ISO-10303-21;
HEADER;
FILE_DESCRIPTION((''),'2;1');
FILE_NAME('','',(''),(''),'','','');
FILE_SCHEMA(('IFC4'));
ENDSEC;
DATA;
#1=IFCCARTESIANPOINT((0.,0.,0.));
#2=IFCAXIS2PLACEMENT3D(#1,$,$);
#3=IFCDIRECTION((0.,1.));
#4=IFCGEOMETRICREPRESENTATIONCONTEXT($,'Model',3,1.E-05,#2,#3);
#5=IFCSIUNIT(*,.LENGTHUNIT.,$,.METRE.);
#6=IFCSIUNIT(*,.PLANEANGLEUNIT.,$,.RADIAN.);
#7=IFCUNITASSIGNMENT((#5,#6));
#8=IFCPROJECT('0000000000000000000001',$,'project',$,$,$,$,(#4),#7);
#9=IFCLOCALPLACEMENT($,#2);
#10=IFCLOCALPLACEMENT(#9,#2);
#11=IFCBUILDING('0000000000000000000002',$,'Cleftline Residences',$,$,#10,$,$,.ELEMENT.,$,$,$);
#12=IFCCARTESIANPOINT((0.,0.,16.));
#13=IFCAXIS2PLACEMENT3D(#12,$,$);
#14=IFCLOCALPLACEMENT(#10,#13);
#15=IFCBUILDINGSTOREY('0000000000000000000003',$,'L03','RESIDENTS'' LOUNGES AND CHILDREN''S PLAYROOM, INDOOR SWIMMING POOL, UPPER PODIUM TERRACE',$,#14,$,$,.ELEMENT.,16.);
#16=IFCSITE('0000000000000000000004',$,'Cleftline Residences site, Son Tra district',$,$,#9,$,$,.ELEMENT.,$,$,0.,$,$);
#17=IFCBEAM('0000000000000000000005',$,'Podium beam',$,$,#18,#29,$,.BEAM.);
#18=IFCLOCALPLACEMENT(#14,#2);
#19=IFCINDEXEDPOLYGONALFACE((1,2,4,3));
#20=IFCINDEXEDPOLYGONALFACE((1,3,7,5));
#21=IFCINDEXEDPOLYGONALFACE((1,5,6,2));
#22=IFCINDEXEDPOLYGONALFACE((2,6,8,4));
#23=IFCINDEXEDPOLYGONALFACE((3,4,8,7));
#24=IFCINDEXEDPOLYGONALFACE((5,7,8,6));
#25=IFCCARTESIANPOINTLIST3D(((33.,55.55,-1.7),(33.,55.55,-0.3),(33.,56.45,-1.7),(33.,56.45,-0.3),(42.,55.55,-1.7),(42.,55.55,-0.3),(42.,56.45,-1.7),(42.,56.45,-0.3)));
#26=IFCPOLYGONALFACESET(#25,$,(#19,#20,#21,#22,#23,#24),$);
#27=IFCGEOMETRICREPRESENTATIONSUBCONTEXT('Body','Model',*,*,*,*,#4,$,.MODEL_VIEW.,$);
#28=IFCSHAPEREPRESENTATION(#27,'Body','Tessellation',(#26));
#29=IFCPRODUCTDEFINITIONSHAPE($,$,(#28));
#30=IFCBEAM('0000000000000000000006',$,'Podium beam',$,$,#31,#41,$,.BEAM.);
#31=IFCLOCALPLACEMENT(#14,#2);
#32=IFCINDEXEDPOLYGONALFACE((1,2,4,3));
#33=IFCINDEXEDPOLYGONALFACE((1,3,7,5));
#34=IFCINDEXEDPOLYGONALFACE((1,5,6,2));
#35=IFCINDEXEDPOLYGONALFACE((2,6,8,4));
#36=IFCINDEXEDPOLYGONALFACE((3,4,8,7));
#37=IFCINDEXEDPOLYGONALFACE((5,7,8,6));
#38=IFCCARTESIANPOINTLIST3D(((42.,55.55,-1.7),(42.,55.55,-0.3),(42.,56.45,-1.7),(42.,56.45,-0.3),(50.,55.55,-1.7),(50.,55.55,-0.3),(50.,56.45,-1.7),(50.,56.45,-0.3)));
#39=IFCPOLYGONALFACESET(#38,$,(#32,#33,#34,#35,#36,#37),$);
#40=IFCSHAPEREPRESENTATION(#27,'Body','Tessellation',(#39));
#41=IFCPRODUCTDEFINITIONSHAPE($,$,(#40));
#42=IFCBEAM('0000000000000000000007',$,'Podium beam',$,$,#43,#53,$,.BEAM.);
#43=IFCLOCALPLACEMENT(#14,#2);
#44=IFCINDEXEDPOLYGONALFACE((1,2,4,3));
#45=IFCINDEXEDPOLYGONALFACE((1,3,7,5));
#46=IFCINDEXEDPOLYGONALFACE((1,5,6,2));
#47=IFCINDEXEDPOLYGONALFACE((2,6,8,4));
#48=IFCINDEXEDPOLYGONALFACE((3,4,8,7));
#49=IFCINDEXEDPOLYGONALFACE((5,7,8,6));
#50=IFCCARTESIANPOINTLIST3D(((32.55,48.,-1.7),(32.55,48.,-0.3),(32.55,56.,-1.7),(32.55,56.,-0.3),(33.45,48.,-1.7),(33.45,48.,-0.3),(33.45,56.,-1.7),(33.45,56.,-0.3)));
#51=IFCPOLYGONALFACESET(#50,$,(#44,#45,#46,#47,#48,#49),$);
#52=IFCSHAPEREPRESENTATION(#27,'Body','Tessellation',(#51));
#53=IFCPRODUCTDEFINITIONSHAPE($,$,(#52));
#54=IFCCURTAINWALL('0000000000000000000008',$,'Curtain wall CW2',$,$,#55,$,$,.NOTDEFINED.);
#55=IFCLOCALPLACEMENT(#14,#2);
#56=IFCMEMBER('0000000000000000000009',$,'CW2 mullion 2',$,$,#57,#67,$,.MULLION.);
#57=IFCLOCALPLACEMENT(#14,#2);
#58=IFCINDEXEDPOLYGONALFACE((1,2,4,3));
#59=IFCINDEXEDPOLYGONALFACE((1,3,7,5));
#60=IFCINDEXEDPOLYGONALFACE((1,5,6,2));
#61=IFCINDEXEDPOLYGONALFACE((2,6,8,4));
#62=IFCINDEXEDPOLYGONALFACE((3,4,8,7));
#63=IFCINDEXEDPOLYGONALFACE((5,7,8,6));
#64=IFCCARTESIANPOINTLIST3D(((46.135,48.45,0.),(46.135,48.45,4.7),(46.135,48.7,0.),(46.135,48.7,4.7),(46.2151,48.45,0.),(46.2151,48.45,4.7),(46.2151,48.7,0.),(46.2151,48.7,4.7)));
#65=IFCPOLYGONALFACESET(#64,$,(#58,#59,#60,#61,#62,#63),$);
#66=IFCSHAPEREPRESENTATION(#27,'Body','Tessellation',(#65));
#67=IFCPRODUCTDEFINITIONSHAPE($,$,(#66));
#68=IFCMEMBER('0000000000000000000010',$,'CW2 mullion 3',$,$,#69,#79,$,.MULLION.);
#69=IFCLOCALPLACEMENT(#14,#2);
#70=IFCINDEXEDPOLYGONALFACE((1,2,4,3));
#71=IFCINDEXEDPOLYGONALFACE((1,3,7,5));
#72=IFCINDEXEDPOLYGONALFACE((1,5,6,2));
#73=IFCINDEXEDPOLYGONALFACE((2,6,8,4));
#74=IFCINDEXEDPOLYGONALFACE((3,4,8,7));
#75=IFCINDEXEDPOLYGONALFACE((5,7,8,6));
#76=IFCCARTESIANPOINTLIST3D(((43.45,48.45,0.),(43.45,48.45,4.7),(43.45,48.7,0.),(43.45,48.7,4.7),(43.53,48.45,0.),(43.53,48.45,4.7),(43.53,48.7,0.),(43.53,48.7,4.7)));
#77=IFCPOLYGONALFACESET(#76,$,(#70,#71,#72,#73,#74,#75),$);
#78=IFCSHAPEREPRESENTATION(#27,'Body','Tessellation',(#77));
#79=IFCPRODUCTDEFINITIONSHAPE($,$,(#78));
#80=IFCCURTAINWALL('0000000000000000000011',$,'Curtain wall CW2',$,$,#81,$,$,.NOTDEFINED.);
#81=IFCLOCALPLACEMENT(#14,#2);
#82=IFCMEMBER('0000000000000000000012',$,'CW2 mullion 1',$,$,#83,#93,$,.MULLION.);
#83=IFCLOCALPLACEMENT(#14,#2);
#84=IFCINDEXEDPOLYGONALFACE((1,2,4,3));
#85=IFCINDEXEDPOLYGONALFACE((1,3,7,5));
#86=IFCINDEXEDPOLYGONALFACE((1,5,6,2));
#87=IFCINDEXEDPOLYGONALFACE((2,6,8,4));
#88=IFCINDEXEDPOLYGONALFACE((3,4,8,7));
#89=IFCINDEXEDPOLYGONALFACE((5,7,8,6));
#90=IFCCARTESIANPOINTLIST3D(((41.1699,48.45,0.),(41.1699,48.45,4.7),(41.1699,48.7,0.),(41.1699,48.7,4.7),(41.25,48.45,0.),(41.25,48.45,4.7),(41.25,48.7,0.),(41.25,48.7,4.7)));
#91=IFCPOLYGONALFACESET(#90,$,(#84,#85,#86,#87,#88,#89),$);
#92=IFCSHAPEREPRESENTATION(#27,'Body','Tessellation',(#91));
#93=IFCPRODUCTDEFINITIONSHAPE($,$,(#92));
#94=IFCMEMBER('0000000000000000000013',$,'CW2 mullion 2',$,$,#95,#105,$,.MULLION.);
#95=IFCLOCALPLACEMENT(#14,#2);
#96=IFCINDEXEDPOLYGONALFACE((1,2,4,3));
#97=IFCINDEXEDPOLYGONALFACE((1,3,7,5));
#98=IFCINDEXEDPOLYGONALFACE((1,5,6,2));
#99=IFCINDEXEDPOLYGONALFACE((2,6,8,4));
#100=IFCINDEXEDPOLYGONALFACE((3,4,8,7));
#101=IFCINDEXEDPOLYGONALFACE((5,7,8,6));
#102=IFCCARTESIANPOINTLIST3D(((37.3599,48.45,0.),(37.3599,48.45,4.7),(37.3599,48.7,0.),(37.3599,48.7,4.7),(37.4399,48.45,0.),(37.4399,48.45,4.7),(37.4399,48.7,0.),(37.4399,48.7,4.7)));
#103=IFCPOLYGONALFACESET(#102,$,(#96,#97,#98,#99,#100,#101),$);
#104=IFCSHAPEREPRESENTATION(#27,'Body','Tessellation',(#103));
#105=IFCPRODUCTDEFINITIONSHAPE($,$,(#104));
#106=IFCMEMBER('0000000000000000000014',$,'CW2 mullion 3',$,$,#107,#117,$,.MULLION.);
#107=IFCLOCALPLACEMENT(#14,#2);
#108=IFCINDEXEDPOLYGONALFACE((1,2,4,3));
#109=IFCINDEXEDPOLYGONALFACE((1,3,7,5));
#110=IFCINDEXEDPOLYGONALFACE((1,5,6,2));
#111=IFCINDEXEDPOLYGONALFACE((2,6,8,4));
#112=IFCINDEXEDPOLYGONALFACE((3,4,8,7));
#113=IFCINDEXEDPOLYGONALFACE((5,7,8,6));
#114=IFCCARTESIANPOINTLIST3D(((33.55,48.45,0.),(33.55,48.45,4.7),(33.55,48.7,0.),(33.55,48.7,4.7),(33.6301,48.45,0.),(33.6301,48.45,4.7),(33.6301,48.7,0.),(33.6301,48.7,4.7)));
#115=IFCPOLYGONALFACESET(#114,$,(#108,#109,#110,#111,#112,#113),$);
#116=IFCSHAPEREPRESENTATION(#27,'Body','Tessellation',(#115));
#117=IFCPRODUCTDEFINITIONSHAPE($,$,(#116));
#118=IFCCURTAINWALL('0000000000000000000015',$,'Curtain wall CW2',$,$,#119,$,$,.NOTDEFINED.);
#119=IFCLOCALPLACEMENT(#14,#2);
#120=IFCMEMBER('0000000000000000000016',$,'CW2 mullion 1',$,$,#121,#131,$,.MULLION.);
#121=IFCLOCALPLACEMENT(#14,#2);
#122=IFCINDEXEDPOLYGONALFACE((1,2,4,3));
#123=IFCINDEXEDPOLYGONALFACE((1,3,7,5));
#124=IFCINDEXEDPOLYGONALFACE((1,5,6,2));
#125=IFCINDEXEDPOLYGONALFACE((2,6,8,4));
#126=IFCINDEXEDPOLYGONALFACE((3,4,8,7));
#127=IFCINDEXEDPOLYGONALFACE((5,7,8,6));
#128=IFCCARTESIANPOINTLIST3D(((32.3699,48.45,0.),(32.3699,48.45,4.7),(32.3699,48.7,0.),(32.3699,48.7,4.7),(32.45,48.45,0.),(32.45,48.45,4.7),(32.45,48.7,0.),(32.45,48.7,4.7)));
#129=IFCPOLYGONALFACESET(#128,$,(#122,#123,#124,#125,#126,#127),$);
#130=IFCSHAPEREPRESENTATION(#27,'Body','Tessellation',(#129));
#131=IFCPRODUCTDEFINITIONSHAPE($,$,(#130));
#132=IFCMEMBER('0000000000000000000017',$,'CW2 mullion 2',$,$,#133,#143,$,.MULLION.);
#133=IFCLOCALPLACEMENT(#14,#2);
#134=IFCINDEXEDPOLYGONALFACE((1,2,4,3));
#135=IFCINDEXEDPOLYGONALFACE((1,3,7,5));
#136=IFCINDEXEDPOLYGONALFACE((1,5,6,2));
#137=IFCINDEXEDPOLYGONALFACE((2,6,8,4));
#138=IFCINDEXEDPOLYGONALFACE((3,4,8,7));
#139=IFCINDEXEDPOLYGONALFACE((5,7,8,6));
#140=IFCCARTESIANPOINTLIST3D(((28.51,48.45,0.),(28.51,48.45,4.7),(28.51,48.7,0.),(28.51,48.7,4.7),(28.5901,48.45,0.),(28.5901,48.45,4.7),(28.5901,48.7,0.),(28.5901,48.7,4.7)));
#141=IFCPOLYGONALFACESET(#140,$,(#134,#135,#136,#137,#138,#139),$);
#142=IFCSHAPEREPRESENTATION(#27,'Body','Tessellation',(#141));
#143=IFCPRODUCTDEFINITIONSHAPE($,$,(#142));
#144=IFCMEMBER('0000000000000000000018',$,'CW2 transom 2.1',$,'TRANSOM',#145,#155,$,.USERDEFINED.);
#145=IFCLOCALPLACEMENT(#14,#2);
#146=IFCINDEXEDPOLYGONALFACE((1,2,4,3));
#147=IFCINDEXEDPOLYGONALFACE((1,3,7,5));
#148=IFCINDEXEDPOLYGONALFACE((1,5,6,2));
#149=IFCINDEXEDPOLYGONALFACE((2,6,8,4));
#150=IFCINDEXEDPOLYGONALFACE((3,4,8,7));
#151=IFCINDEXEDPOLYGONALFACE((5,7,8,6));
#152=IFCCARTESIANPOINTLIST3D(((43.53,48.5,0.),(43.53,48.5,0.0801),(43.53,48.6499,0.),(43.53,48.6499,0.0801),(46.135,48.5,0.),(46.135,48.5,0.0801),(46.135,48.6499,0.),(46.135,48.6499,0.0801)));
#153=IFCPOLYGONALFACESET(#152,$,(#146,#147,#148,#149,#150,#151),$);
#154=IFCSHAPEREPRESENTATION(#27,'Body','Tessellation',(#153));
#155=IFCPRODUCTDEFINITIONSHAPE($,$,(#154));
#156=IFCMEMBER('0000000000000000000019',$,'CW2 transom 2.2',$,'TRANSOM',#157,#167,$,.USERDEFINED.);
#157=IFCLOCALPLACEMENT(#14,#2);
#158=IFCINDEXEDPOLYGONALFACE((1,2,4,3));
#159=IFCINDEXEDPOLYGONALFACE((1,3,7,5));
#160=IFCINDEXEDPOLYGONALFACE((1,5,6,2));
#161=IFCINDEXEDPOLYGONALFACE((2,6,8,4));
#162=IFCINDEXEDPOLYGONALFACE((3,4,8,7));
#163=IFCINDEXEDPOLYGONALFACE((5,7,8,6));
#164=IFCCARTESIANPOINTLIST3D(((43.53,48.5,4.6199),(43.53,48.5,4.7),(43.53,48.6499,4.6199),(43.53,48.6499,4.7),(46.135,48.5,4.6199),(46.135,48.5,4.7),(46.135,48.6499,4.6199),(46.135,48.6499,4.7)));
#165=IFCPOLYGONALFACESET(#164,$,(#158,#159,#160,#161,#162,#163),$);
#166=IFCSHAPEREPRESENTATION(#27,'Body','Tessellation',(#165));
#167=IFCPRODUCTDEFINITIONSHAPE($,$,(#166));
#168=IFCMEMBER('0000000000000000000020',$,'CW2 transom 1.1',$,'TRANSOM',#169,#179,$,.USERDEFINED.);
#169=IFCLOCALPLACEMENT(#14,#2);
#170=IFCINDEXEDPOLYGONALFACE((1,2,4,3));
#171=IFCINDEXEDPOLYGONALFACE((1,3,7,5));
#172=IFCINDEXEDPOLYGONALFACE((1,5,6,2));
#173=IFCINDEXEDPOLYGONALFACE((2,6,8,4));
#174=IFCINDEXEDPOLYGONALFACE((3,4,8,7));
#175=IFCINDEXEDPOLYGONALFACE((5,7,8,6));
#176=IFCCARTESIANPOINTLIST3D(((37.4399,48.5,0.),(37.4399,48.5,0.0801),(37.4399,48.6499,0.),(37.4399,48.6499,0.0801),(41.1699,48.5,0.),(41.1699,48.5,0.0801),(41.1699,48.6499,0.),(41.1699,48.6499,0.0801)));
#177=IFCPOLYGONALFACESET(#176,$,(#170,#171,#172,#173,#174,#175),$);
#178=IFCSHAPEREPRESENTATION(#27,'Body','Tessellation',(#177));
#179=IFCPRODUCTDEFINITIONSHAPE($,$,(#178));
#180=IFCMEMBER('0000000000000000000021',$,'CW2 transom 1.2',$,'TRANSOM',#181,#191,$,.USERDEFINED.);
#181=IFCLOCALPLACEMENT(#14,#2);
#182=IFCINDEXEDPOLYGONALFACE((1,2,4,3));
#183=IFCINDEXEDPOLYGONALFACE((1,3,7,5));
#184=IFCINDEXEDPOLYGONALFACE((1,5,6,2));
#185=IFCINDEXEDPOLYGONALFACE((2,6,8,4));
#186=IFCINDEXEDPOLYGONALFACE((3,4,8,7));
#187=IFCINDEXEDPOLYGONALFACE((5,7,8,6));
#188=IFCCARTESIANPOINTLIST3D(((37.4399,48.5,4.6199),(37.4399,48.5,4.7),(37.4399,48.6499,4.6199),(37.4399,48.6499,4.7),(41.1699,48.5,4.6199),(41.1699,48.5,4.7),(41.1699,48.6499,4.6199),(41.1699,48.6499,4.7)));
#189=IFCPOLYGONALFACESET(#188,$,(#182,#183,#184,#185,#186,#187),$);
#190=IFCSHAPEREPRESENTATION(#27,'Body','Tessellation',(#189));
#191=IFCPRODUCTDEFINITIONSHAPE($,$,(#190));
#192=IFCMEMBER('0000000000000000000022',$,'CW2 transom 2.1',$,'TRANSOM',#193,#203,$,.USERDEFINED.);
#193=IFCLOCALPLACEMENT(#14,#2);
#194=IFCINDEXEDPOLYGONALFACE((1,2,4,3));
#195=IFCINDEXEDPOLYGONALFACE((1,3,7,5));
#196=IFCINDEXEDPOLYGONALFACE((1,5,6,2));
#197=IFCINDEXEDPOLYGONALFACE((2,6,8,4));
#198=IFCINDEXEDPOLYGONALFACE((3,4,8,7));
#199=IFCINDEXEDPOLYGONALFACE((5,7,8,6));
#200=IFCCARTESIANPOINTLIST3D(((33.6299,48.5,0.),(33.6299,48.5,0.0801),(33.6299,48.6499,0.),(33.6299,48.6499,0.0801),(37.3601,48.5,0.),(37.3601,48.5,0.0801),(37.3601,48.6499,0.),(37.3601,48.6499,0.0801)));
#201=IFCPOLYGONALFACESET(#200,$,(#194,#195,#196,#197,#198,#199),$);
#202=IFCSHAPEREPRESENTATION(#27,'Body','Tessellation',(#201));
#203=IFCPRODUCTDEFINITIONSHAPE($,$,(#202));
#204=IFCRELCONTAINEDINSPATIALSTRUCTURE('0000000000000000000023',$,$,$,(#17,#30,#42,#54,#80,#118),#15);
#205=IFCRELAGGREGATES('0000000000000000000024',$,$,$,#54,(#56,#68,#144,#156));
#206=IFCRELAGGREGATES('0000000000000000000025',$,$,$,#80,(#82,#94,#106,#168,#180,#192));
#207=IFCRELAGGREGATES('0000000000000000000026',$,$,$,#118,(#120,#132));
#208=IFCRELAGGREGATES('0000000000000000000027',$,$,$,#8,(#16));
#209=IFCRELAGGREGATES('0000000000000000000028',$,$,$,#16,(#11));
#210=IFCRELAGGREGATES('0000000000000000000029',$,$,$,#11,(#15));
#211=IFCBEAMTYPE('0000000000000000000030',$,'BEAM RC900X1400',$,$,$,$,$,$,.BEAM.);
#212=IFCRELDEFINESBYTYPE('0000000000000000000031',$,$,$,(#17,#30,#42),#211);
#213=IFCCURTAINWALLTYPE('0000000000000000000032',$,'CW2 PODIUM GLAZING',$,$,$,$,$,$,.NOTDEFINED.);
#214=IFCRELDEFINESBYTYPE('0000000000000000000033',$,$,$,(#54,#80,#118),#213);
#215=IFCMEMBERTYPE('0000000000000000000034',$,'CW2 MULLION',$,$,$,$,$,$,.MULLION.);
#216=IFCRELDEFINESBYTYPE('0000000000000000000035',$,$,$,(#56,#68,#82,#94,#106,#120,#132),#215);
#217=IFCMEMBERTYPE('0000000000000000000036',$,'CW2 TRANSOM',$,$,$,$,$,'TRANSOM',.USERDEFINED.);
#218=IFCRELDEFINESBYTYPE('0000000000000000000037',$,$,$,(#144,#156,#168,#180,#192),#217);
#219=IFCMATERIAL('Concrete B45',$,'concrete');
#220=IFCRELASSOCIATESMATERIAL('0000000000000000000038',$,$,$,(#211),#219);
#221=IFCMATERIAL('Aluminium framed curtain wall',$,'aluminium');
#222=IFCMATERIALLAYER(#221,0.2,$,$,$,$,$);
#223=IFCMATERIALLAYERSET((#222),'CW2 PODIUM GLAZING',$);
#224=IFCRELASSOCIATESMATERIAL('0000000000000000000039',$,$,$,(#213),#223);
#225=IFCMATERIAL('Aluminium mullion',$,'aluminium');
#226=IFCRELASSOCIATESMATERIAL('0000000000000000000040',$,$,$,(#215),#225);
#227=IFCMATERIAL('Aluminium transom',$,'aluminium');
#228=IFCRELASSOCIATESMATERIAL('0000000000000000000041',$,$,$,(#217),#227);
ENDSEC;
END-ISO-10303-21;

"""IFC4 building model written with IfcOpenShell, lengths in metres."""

from ifc_helpers import new_model, si_unit, direction, frame, origin, origin_2d, place, context, subcontext, project, spatial, rectangle, extrude, material, layer, layer_set, material_profile, profile_set, type_object, element, aggregate, save


model = new_model("IFC4")

# Units and contexts
model_context = context("Model", 3, precision=1e-05, world=origin(), true_north=direction((0.0, 1.0)))
body_context = subcontext(model_context, "Body", "Model", "MODEL_VIEW")
ifc_project = project(units=[si_unit("LENGTHUNIT", "METRE"), si_unit("PLANEANGLEUNIT", "RADIAN")], contexts=[model_context])

# Site, building, storey
site_placement = place(None, origin())
site = spatial("IfcSite", under=ifc_project, at=site_placement, Name="Cleftline Residences site, Son Tra district", CompositionType="ELEMENT", RefElevation=0.0)
building_placement = place(site_placement, origin())
building = spatial("IfcBuilding", under=site, at=building_placement, Name="Cleftline Residences", CompositionType="ELEMENT")
storey_placement = place(building_placement, frame((0.0, 0.0, 16.0)))
storey = spatial("IfcBuildingStorey", under=building, at=storey_placement, Name="L03", Description="RESIDENTS' LOUNGES AND CHILDREN'S PLAYROOM, INDOOR SWIMMING POOL, UPPER PODIUM TERRACE", CompositionType="ELEMENT", Elevation=16.0)

# Beams
ifc_material_1 = material(Name="Concrete B45", Category="concrete")
ifc_material_profile_1 = material_profile(ifc_material_1, rectangle(XDim=0.8999, YDim=1.3999, at=origin_2d()))
ifc_profile_set_1 = profile_set([ifc_material_profile_1], Name="Concrete B45")
beam_type = type_object("IfcBeamType", Name="BEAM RC900X1400", PredefinedType="BEAM", material=ifc_profile_set_1)
beam_placement = place(storey_placement, frame((33.0, 56.0, -1.0), z_axis=(1.0, 0.0, 0.0), x_axis=(0.0, 1.0, 0.0)))
element("IfcBeam", 1, at=beam_placement, inside=storey, type_object=beam_type, Name="Podium beam", PredefinedType="BEAM", context=body_context, shape_type="SweptSolid", body=[
    extrude(rectangle(XDim=0.8999, YDim=1.3999, at=origin_2d()), origin(), (0.0, 0.0, 1.0), 9.0),
])
for number, where, z_axis, x_axis, name in (
    (2, (42.0, 56.0, -1.0), (1.0, 0.0, 0.0), (0.0, 1.0, 0.0), "Podium beam"),
    (3, (33.0, 48.0, -1.0), (0.0, 1.0, 0.0), (-1.0, 0.0, 0.0), "Podium beam"),
):
    element("IfcBeam", number, at=place(storey_placement, frame(where, z_axis=z_axis, x_axis=x_axis)), inside=storey, type_object=beam_type, Name=name, PredefinedType="BEAM", context=body_context, shape_type="SweptSolid", body=[
        extrude(rectangle(XDim=0.8999, YDim=1.3999, at=origin_2d()), origin(), (0.0, 0.0, 1.0), 8.0),
    ])

# Curtain walls, members
ifc_material_2 = material(Name="Aluminium framed curtain wall", Category="aluminium")
ifc_layer_1 = layer(ifc_material_2, 0.2)
ifc_layer_set_1 = layer_set([ifc_layer_1], Name="CW2 PODIUM GLAZING")
curtain_wall_type = type_object("IfcCurtainWallType", Name="CW2 PODIUM GLAZING", PredefinedType="NOTDEFINED", material=ifc_layer_set_1)
curtain_wall_1_placement = place(storey_placement, origin())
curtain_wall_1 = element("IfcCurtainWall", 4, at=curtain_wall_1_placement, inside=storey, type_object=curtain_wall_type, Name="Curtain wall CW2", PredefinedType="NOTDEFINED")
ifc_material_3 = material(Name="Aluminium mullion", Category="aluminium")
ifc_material_profile_2 = material_profile(ifc_material_3, rectangle(XDim=0.25, YDim=0.0801, at=origin_2d()))
ifc_profile_set_2 = profile_set([ifc_material_profile_2], Name="Aluminium mullion")
member_type_1 = type_object("IfcMemberType", Name="CW2 MULLION", PredefinedType="MULLION", material=ifc_profile_set_2)
member_1_placement = place(storey_placement, frame((46.175, 48.575, 0.0), z_axis=(0.0, 0.0, 1.0), x_axis=(0.0, -1.0, 0.0)))
member_1 = element("IfcMember", 5, at=member_1_placement, type_object=member_type_1, Name="CW2 mullion 2", PredefinedType="MULLION", context=body_context, shape_type="SweptSolid", body=[
    extrude(rectangle(XDim=0.25, YDim=0.0801, at=origin_2d()), origin(), (0.0, 0.0, 1.0), 4.7),
])
member_2_placement = place(storey_placement, frame((43.49, 48.575, 0.0), z_axis=(0.0, 0.0, 1.0), x_axis=(0.0, -1.0, 0.0)))
member_2 = element("IfcMember", 6, at=member_2_placement, type_object=member_type_1, Name="CW2 mullion 3", PredefinedType="MULLION", context=body_context, shape_type="SweptSolid", body=[
    extrude(rectangle(XDim=0.25, YDim=0.0801, at=origin_2d()), origin(), (0.0, 0.0, 1.0), 4.7),
])
curtain_wall_2_placement = place(storey_placement, origin())
curtain_wall_2 = element("IfcCurtainWall", 7, at=curtain_wall_2_placement, inside=storey, type_object=curtain_wall_type, Name="Curtain wall CW2", PredefinedType="NOTDEFINED")
member_3_placement = place(storey_placement, frame((41.21, 48.575, 0.0), z_axis=(0.0, 0.0, 1.0), x_axis=(0.0, -1.0, 0.0)))
member_3 = element("IfcMember", 8, at=member_3_placement, type_object=member_type_1, Name="CW2 mullion 1", PredefinedType="MULLION", context=body_context, shape_type="SweptSolid", body=[
    extrude(rectangle(XDim=0.25, YDim=0.0801, at=origin_2d()), origin(), (0.0, 0.0, 1.0), 4.7),
])
member_4_placement = place(storey_placement, frame((37.3999, 48.575, 0.0), z_axis=(0.0, 0.0, 1.0), x_axis=(0.0, -1.0, 0.0)))
member_4 = element("IfcMember", 9, at=member_4_placement, type_object=member_type_1, Name="CW2 mullion 2", PredefinedType="MULLION", context=body_context, shape_type="SweptSolid", body=[
    extrude(rectangle(XDim=0.25, YDim=0.0801, at=origin_2d()), origin(), (0.0, 0.0, 1.0), 4.7),
])
member_5_placement = place(storey_placement, frame((33.5901, 48.575, 0.0), z_axis=(0.0, 0.0, 1.0), x_axis=(0.0, -1.0, 0.0)))
member_5 = element("IfcMember", 10, at=member_5_placement, type_object=member_type_1, Name="CW2 mullion 3", PredefinedType="MULLION", context=body_context, shape_type="SweptSolid", body=[
    extrude(rectangle(XDim=0.25, YDim=0.0801, at=origin_2d()), origin(), (0.0, 0.0, 1.0), 4.7),
])
curtain_wall_3_placement = place(storey_placement, origin())
curtain_wall_3 = element("IfcCurtainWall", 11, at=curtain_wall_3_placement, inside=storey, type_object=curtain_wall_type, Name="Curtain wall CW2", PredefinedType="NOTDEFINED")
member_6_placement = place(storey_placement, frame((32.4099, 48.575, 0.0), z_axis=(0.0, 0.0, 1.0), x_axis=(0.0, -1.0, 0.0)))
member_6 = element("IfcMember", 12, at=member_6_placement, type_object=member_type_1, Name="CW2 mullion 1", PredefinedType="MULLION", context=body_context, shape_type="SweptSolid", body=[
    extrude(rectangle(XDim=0.25, YDim=0.0801, at=origin_2d()), origin(), (0.0, 0.0, 1.0), 4.7),
])
member_7_placement = place(storey_placement, frame((28.55, 48.575, 0.0), z_axis=(0.0, 0.0, 1.0), x_axis=(0.0, -1.0, 0.0)))
member_7 = element("IfcMember", 13, at=member_7_placement, type_object=member_type_1, Name="CW2 mullion 2", PredefinedType="MULLION", context=body_context, shape_type="SweptSolid", body=[
    extrude(rectangle(XDim=0.25, YDim=0.0801, at=origin_2d()), origin(), (0.0, 0.0, 1.0), 4.7),
])

# Members
ifc_material_4 = material(Name="Aluminium transom", Category="aluminium")
ifc_material_profile_3 = material_profile(ifc_material_4, rectangle(XDim=0.1499, YDim=0.0801, at=origin_2d()))
ifc_profile_set_3 = profile_set([ifc_material_profile_3], Name="Aluminium transom")
member_type_2 = type_object("IfcMemberType", Name="CW2 TRANSOM", ElementType="TRANSOM", PredefinedType="USERDEFINED", material=ifc_profile_set_3)
member_8_placement = place(storey_placement, frame((46.135, 48.575, 0.04), z_axis=(-1.0, 0.0, 0.0), x_axis=(0.0, -1.0, 0.0)))
member_8 = element("IfcMember", 14, at=member_8_placement, type_object=member_type_2, Name="CW2 transom 2.1", ObjectType="TRANSOM", PredefinedType="USERDEFINED", context=body_context, shape_type="SweptSolid", body=[
    extrude(rectangle(XDim=0.1499, YDim=0.0801, at=origin_2d()), origin(), (0.0, 0.0, 1.0), 2.605),
])
member_9_placement = place(storey_placement, frame((46.135, 48.575, 4.6599), z_axis=(-1.0, 0.0, 0.0), x_axis=(0.0, -1.0, 0.0)))
member_9 = element("IfcMember", 15, at=member_9_placement, type_object=member_type_2, Name="CW2 transom 2.2", ObjectType="TRANSOM", PredefinedType="USERDEFINED", context=body_context, shape_type="SweptSolid", body=[
    extrude(rectangle(XDim=0.1499, YDim=0.0801, at=origin_2d()), origin(), (0.0, 0.0, 1.0), 2.605),
])
member_10_placement = place(storey_placement, frame((41.1699, 48.575, 0.04), z_axis=(-1.0, 0.0, 0.0), x_axis=(0.0, -1.0, 0.0)))
member_10 = element("IfcMember", 16, at=member_10_placement, type_object=member_type_2, Name="CW2 transom 1.1", ObjectType="TRANSOM", PredefinedType="USERDEFINED", context=body_context, shape_type="SweptSolid", body=[
    extrude(rectangle(XDim=0.1499, YDim=0.0801, at=origin_2d()), origin(), (0.0, 0.0, 1.0), 3.73),
])
member_11_placement = place(storey_placement, frame((41.1699, 48.575, 4.6599), z_axis=(-1.0, 0.0, 0.0), x_axis=(0.0, -1.0, 0.0)))
member_11 = element("IfcMember", 17, at=member_11_placement, type_object=member_type_2, Name="CW2 transom 1.2", ObjectType="TRANSOM", PredefinedType="USERDEFINED", context=body_context, shape_type="SweptSolid", body=[
    extrude(rectangle(XDim=0.1499, YDim=0.0801, at=origin_2d()), origin(), (0.0, 0.0, 1.0), 3.73),
])
member_12_placement = place(storey_placement, frame((37.3601, 48.575, 0.04), z_axis=(-1.0, 0.0, 0.0), x_axis=(0.0, -1.0, 0.0)))
member_12 = element("IfcMember", 18, at=member_12_placement, type_object=member_type_2, Name="CW2 transom 2.1", ObjectType="TRANSOM", PredefinedType="USERDEFINED", context=body_context, shape_type="SweptSolid", body=[
    extrude(rectangle(XDim=0.1499, YDim=0.0801, at=origin_2d()), origin(), (0.0, 0.0, 1.0), 3.7302),
])

aggregate(curtain_wall_1, [member_1, member_2, member_8, member_9])
aggregate(curtain_wall_2, [member_3, member_4, member_5, member_10, member_11, member_12])
aggregate(curtain_wall_3, [member_6, member_7])

save(model, "model.ifc")
